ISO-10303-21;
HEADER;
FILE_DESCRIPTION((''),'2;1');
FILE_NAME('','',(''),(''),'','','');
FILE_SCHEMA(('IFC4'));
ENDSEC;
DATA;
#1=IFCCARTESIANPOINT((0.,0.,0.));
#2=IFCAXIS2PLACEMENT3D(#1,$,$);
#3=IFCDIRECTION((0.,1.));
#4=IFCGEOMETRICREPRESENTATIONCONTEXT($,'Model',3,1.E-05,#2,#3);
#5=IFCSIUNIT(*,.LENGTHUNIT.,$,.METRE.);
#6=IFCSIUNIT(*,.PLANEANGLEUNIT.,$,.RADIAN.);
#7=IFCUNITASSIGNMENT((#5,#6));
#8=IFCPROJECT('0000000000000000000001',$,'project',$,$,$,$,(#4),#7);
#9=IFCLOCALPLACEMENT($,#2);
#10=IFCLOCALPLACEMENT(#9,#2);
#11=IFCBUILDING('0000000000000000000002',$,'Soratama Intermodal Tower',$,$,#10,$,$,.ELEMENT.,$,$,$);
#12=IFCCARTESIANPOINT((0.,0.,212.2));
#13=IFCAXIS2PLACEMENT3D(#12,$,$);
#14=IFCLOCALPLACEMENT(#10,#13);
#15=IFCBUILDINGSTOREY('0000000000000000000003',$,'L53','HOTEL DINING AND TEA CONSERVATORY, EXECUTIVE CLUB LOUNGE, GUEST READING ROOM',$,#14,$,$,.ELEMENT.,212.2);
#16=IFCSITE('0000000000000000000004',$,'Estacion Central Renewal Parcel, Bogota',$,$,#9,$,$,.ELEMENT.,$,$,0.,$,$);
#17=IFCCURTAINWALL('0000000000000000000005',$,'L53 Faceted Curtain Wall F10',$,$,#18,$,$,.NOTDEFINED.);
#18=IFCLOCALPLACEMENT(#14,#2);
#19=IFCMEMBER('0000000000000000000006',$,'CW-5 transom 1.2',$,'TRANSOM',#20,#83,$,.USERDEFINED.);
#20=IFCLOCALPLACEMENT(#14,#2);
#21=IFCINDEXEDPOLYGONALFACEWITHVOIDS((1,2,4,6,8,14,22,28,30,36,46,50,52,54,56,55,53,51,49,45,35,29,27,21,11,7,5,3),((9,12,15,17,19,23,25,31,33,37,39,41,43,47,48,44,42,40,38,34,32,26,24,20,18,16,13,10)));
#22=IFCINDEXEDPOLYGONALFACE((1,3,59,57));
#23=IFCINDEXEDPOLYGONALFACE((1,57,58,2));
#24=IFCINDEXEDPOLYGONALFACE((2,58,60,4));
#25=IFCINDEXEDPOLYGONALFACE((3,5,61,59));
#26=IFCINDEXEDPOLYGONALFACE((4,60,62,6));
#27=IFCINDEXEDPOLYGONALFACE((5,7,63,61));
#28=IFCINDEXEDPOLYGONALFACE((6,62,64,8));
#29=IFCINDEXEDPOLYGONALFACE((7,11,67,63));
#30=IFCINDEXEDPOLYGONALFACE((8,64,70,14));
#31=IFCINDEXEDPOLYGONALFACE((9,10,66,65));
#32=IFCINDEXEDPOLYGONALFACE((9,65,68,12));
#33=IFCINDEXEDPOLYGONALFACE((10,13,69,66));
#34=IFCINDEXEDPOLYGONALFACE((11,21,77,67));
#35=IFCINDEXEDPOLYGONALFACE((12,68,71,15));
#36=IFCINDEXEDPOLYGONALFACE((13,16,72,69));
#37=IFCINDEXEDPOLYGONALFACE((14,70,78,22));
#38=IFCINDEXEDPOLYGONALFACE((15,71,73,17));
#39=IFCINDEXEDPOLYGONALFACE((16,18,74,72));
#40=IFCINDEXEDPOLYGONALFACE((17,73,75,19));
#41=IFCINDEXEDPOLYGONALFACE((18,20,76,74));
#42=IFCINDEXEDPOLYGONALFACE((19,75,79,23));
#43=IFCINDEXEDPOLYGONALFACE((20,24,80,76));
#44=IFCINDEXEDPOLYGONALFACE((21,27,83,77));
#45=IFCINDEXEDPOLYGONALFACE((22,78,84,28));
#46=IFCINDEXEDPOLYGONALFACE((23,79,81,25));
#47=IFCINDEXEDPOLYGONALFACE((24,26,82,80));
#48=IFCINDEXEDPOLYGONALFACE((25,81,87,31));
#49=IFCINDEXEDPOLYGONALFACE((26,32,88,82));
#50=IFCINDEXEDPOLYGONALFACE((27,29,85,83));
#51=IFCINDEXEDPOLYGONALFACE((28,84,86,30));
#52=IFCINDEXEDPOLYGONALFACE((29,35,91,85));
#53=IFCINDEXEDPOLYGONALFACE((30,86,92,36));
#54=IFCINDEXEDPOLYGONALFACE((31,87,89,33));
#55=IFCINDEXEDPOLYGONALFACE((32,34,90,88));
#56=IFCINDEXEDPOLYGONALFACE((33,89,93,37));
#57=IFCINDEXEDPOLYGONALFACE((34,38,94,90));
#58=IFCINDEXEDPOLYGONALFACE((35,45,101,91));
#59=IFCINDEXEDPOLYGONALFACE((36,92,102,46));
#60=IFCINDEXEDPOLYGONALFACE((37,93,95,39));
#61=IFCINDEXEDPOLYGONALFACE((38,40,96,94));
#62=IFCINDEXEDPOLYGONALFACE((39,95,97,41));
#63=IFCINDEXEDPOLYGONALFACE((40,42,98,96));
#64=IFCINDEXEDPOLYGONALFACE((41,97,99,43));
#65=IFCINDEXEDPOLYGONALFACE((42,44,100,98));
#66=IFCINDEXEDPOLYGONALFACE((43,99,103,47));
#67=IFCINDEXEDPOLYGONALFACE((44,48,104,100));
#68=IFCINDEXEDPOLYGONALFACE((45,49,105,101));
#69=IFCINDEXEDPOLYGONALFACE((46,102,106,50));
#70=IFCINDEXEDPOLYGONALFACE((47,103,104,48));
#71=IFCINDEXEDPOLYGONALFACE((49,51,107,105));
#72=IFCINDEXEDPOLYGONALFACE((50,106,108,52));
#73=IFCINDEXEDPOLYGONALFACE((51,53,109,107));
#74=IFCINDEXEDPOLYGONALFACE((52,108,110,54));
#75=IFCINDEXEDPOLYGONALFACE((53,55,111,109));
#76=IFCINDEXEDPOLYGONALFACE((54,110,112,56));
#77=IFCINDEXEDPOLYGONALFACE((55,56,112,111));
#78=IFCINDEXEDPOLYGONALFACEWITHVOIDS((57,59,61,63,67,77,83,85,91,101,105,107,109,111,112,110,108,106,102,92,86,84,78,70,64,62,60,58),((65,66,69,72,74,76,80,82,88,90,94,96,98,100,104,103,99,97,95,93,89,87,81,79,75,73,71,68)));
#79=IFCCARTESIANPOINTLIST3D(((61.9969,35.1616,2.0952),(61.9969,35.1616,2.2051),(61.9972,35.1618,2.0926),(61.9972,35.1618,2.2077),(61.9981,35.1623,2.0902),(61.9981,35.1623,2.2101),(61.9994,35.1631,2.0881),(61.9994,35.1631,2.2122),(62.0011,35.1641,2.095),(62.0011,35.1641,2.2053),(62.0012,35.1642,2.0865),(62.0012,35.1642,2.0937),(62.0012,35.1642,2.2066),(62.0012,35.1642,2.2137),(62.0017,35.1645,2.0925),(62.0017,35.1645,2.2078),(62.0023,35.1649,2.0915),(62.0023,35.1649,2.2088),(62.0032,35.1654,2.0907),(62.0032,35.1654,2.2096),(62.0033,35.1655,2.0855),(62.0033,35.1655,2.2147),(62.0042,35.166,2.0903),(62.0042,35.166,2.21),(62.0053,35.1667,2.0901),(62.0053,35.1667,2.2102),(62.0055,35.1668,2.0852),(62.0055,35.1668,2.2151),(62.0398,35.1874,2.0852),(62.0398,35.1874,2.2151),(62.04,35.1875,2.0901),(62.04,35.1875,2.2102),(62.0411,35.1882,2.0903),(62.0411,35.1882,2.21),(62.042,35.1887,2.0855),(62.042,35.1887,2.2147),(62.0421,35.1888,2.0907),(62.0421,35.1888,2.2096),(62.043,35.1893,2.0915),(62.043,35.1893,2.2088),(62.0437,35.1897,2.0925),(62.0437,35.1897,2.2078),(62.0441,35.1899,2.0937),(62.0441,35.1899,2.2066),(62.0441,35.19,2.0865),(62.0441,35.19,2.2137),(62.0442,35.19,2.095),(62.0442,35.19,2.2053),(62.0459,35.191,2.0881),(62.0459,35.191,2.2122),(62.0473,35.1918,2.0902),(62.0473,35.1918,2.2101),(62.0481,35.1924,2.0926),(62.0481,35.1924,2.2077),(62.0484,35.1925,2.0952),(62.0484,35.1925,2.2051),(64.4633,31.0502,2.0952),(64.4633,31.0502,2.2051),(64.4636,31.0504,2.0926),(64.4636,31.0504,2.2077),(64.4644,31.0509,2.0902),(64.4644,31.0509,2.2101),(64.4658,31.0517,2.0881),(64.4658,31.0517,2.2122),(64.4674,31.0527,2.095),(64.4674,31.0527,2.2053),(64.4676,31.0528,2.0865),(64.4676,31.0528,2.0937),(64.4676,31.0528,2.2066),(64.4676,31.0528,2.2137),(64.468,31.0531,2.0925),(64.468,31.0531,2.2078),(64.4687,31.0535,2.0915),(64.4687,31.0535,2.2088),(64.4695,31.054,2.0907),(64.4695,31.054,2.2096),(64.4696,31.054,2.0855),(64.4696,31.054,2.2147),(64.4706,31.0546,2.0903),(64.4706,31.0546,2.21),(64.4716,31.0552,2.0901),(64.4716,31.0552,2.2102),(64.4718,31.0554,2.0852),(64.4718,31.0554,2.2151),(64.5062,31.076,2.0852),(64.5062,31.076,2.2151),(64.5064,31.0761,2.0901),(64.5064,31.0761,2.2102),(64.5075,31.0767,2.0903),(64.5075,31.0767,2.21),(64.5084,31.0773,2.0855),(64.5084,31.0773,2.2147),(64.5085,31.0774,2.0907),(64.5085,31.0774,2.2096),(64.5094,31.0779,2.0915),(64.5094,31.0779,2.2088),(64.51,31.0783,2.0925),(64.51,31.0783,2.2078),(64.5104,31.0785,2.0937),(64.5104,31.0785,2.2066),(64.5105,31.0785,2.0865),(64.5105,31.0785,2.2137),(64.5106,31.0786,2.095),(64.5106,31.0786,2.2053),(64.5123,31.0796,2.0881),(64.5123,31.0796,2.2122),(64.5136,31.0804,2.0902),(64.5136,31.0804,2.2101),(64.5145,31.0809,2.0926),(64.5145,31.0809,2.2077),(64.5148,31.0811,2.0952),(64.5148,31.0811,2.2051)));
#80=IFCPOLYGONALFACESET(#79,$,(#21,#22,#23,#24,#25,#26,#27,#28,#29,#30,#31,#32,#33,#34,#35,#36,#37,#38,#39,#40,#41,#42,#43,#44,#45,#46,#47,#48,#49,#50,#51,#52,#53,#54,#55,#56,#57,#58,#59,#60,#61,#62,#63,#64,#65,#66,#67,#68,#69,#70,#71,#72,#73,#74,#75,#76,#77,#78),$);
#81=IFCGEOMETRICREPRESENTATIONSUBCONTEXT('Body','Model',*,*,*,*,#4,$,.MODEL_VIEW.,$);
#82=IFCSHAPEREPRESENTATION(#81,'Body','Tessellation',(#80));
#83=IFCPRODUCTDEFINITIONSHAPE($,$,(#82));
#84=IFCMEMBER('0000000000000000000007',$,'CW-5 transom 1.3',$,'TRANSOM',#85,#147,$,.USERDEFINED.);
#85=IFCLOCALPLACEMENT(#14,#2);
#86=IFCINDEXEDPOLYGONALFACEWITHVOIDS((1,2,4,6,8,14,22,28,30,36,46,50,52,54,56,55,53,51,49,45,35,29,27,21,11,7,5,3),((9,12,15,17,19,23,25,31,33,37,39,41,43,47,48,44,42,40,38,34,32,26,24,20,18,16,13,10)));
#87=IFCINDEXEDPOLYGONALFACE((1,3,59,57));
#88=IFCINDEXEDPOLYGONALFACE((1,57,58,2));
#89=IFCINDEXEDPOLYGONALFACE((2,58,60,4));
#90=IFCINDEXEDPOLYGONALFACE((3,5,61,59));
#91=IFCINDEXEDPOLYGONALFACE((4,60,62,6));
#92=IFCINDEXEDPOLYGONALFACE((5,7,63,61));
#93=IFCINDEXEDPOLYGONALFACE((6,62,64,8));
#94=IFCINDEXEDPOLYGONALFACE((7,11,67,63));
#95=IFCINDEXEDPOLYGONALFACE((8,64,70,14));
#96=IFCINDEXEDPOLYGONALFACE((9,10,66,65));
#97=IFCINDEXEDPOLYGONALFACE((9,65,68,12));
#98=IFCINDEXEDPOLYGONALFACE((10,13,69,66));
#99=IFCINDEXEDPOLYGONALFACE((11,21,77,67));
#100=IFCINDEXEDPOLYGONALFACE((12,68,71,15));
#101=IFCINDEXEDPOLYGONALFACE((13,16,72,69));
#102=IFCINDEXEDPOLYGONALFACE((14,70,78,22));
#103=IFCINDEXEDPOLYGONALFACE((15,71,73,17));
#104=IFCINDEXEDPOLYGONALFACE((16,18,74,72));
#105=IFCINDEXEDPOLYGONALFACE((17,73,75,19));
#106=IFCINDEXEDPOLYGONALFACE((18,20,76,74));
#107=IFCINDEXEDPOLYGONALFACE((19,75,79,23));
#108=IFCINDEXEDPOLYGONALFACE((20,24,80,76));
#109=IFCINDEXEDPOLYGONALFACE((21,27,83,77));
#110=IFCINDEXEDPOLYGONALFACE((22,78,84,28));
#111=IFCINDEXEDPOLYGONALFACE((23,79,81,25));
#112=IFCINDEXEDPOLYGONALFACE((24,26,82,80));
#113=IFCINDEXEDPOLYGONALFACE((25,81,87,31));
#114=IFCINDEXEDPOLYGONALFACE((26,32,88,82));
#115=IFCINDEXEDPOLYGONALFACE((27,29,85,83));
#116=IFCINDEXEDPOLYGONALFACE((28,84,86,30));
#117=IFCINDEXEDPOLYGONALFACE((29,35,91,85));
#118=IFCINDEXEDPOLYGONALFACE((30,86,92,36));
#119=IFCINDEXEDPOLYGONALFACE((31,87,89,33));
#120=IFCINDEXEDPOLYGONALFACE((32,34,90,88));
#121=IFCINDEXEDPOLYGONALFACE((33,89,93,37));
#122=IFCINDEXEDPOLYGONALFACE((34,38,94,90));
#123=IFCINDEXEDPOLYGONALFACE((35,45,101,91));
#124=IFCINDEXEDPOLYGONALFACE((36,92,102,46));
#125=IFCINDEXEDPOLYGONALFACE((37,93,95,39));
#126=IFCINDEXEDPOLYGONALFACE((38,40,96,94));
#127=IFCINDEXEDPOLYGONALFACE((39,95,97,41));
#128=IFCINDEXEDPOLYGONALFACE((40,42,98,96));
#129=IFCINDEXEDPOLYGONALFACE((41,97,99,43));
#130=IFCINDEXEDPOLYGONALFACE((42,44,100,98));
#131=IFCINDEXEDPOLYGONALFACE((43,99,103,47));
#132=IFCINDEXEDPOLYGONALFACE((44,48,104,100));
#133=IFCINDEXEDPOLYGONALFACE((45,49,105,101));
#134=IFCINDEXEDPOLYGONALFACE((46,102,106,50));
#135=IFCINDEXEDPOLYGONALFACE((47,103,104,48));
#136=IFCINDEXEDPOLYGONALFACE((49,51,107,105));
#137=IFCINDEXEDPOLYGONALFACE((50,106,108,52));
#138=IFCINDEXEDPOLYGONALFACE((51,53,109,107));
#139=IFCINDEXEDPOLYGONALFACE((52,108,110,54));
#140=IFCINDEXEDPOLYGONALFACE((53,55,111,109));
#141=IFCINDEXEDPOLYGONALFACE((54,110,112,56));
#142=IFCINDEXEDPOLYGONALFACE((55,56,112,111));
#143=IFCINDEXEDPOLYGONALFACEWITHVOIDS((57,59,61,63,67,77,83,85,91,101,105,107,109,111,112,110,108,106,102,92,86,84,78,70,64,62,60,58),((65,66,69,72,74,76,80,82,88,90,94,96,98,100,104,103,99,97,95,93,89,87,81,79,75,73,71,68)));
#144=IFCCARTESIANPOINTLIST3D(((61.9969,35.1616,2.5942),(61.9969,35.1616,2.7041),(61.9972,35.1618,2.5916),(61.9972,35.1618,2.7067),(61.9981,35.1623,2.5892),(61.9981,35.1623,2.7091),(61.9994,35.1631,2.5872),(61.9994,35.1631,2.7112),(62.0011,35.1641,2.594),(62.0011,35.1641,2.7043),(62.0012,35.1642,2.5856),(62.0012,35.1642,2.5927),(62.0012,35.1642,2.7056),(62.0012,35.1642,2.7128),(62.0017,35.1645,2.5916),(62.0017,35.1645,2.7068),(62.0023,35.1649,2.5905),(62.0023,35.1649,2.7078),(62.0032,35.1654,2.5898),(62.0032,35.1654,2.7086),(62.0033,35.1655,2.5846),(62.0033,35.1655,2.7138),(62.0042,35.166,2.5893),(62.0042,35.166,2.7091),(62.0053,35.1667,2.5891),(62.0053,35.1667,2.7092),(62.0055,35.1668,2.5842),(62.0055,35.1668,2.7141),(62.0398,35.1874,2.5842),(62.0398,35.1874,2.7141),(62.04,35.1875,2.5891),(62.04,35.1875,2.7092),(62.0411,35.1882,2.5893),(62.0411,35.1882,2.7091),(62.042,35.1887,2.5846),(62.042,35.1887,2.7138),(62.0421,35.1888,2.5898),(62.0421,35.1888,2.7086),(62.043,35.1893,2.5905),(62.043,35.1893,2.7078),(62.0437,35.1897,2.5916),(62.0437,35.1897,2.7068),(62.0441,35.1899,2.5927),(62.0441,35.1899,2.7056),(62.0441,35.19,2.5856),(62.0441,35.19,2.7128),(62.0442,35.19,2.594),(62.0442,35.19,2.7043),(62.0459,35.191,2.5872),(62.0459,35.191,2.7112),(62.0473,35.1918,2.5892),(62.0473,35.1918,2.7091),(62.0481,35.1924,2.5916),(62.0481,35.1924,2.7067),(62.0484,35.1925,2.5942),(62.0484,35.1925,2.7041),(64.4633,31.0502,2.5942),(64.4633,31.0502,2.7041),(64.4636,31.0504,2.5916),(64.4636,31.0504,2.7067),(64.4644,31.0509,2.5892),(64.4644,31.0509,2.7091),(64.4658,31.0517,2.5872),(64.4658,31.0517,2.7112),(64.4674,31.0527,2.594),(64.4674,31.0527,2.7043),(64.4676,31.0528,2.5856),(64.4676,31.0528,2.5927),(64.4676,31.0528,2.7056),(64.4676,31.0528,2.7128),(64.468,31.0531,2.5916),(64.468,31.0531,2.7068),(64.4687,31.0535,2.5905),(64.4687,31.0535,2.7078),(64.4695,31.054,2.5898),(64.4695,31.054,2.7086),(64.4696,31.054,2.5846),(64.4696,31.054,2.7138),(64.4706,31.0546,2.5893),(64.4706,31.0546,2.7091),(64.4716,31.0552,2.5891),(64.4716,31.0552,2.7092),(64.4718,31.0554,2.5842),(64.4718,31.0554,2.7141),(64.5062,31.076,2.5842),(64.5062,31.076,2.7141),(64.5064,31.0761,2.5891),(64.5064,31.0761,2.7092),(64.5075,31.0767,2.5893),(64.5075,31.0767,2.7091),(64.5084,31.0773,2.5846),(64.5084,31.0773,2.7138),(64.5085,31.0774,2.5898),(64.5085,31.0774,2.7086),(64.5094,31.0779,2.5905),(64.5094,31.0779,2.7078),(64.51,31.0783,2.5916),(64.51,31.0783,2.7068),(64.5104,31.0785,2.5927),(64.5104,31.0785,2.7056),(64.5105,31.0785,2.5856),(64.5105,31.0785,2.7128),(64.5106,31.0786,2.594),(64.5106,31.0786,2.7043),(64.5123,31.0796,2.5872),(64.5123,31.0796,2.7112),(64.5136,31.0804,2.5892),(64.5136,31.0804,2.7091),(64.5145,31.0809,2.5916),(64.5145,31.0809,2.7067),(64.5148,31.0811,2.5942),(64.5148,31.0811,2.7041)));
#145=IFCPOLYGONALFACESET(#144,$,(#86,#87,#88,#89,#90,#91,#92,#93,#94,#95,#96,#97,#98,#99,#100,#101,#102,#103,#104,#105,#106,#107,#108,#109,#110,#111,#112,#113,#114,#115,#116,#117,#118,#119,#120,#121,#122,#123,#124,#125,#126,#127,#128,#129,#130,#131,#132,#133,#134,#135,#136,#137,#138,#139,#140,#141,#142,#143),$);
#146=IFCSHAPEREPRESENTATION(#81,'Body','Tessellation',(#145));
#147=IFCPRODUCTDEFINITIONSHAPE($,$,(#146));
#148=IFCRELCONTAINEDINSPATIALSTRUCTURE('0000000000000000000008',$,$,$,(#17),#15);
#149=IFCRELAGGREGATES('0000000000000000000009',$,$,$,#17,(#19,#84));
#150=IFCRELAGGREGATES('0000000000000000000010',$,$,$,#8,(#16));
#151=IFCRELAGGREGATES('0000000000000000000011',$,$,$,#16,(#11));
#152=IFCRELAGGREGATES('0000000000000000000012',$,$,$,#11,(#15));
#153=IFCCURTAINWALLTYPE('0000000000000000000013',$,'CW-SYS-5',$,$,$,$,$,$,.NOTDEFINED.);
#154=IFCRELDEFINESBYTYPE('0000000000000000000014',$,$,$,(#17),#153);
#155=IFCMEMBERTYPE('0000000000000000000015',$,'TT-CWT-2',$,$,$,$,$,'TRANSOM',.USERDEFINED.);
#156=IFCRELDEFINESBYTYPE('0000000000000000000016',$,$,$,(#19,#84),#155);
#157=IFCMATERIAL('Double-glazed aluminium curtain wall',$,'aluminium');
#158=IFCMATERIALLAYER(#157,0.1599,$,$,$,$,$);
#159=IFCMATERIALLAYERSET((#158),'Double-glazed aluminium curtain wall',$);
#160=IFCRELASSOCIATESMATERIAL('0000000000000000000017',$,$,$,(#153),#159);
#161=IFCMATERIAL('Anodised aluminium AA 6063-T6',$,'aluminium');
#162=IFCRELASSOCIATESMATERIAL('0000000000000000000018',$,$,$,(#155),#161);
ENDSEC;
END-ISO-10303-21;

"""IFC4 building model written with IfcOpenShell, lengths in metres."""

from ifc_helpers import new_model, si_unit, direction, frame, origin, origin_2d, place, context, subcontext, project, spatial, hollow_rectangle, extrude, material, layer, layer_set, material_profile, profile_set, type_object, element, aggregate, save


model = new_model("IFC4")

# Units and contexts
model_context = context("Model", 3, precision=1e-05, world=origin(), true_north=direction((0.0, 1.0)))
body_context = subcontext(model_context, "Body", "Model", "MODEL_VIEW")
ifc_project = project(units=[si_unit("LENGTHUNIT", "METRE"), si_unit("PLANEANGLEUNIT", "RADIAN")], contexts=[model_context])

# Site, building, storey
site_placement = place(None, origin())
site = spatial("IfcSite", under=ifc_project, at=site_placement, Name="Estacion Central Renewal Parcel, Bogota", CompositionType="ELEMENT", RefElevation=0.0)
building_placement = place(site_placement, origin())
building = spatial("IfcBuilding", under=site, at=building_placement, Name="Soratama Intermodal Tower", CompositionType="ELEMENT")
storey_placement = place(building_placement, frame((0.0, 0.0, 212.2)))
storey = spatial("IfcBuildingStorey", under=building, at=storey_placement, Name="L53", Description="HOTEL DINING AND TEA CONSERVATORY, EXECUTIVE CLUB LOUNGE, GUEST READING ROOM", CompositionType="ELEMENT", Elevation=212.2)

# Shared definitions
ifc_material_1 = material(Name="Double-glazed aluminium curtain wall", Category="aluminium")
ifc_layer_1 = layer(ifc_material_1, 0.1599)
ifc_layer_set_1 = layer_set([ifc_layer_1], Name="Double-glazed aluminium curtain wall")
curtain_wall_type = type_object("IfcCurtainWallType", Name="CW-SYS-5", PredefinedType="NOTDEFINED", material=ifc_layer_set_1)

# Curtain wall, members
curtain_wall_1_placement = place(storey_placement, origin())
curtain_wall_1 = element("IfcCurtainWall", 1, at=curtain_wall_1_placement, inside=storey, type_object=curtain_wall_type, Name="L53 Faceted Curtain Wall F10", PredefinedType="NOTDEFINED")
ifc_material_2 = material(Name="Anodised aluminium AA 6063-T6", Category="aluminium")
ifc_material_profile_1 = material_profile(ifc_material_2, hollow_rectangle(XDim=0.0601, YDim=0.1299, WallThickness=0.0049, InnerFilletRadius=0.0049, OuterFilletRadius=0.01, at=origin_2d()), Name="CWT130X60X5")
ifc_profile_set_1 = profile_set([ifc_material_profile_1], Name="Anodised aluminium AA 6063-T6")
member_type_1 = type_object("IfcMemberType", Name="TT-CWT-2", ElementType="TRANSOM", PredefinedType="USERDEFINED", material=ifc_profile_set_1)
member_1_placement = place(storey_placement, frame((64.489, 31.0657, 2.1501), z_axis=(-0.514421, 0.857538, 0.0), x_axis=(-0.857538, -0.514421, 0.0)))
member_1 = element("IfcMember", 2, at=member_1_placement, type_object=member_type_1, Name="CW-5 transom 1.2", ObjectType="TRANSOM", PredefinedType="USERDEFINED", context=body_context, shape_type="SweptSolid", body=[
    extrude(hollow_rectangle(XDim=0.0601, YDim=0.1299, WallThickness=0.0049, InnerFilletRadius=0.0049, OuterFilletRadius=0.01, at=origin_2d()), origin(), (0.0, 0.0, 1.0), 4.7944),
])
member_2_placement = place(storey_placement, frame((64.489, 31.0657, 2.6492), z_axis=(-0.514421, 0.857538, 0.0), x_axis=(-0.857538, -0.514421, 0.0)))
member_2 = element("IfcMember", 3, at=member_2_placement, type_object=member_type_1, Name="CW-5 transom 1.3", ObjectType="TRANSOM", PredefinedType="USERDEFINED", context=body_context, shape_type="SweptSolid", body=[
    extrude(hollow_rectangle(XDim=0.0601, YDim=0.1299, WallThickness=0.0049, InnerFilletRadius=0.0049, OuterFilletRadius=0.01, at=origin_2d()), origin(), (0.0, 0.0, 1.0), 4.7944),
])

aggregate(curtain_wall_1, [member_1, member_2])

save(model, "model.ifc")
